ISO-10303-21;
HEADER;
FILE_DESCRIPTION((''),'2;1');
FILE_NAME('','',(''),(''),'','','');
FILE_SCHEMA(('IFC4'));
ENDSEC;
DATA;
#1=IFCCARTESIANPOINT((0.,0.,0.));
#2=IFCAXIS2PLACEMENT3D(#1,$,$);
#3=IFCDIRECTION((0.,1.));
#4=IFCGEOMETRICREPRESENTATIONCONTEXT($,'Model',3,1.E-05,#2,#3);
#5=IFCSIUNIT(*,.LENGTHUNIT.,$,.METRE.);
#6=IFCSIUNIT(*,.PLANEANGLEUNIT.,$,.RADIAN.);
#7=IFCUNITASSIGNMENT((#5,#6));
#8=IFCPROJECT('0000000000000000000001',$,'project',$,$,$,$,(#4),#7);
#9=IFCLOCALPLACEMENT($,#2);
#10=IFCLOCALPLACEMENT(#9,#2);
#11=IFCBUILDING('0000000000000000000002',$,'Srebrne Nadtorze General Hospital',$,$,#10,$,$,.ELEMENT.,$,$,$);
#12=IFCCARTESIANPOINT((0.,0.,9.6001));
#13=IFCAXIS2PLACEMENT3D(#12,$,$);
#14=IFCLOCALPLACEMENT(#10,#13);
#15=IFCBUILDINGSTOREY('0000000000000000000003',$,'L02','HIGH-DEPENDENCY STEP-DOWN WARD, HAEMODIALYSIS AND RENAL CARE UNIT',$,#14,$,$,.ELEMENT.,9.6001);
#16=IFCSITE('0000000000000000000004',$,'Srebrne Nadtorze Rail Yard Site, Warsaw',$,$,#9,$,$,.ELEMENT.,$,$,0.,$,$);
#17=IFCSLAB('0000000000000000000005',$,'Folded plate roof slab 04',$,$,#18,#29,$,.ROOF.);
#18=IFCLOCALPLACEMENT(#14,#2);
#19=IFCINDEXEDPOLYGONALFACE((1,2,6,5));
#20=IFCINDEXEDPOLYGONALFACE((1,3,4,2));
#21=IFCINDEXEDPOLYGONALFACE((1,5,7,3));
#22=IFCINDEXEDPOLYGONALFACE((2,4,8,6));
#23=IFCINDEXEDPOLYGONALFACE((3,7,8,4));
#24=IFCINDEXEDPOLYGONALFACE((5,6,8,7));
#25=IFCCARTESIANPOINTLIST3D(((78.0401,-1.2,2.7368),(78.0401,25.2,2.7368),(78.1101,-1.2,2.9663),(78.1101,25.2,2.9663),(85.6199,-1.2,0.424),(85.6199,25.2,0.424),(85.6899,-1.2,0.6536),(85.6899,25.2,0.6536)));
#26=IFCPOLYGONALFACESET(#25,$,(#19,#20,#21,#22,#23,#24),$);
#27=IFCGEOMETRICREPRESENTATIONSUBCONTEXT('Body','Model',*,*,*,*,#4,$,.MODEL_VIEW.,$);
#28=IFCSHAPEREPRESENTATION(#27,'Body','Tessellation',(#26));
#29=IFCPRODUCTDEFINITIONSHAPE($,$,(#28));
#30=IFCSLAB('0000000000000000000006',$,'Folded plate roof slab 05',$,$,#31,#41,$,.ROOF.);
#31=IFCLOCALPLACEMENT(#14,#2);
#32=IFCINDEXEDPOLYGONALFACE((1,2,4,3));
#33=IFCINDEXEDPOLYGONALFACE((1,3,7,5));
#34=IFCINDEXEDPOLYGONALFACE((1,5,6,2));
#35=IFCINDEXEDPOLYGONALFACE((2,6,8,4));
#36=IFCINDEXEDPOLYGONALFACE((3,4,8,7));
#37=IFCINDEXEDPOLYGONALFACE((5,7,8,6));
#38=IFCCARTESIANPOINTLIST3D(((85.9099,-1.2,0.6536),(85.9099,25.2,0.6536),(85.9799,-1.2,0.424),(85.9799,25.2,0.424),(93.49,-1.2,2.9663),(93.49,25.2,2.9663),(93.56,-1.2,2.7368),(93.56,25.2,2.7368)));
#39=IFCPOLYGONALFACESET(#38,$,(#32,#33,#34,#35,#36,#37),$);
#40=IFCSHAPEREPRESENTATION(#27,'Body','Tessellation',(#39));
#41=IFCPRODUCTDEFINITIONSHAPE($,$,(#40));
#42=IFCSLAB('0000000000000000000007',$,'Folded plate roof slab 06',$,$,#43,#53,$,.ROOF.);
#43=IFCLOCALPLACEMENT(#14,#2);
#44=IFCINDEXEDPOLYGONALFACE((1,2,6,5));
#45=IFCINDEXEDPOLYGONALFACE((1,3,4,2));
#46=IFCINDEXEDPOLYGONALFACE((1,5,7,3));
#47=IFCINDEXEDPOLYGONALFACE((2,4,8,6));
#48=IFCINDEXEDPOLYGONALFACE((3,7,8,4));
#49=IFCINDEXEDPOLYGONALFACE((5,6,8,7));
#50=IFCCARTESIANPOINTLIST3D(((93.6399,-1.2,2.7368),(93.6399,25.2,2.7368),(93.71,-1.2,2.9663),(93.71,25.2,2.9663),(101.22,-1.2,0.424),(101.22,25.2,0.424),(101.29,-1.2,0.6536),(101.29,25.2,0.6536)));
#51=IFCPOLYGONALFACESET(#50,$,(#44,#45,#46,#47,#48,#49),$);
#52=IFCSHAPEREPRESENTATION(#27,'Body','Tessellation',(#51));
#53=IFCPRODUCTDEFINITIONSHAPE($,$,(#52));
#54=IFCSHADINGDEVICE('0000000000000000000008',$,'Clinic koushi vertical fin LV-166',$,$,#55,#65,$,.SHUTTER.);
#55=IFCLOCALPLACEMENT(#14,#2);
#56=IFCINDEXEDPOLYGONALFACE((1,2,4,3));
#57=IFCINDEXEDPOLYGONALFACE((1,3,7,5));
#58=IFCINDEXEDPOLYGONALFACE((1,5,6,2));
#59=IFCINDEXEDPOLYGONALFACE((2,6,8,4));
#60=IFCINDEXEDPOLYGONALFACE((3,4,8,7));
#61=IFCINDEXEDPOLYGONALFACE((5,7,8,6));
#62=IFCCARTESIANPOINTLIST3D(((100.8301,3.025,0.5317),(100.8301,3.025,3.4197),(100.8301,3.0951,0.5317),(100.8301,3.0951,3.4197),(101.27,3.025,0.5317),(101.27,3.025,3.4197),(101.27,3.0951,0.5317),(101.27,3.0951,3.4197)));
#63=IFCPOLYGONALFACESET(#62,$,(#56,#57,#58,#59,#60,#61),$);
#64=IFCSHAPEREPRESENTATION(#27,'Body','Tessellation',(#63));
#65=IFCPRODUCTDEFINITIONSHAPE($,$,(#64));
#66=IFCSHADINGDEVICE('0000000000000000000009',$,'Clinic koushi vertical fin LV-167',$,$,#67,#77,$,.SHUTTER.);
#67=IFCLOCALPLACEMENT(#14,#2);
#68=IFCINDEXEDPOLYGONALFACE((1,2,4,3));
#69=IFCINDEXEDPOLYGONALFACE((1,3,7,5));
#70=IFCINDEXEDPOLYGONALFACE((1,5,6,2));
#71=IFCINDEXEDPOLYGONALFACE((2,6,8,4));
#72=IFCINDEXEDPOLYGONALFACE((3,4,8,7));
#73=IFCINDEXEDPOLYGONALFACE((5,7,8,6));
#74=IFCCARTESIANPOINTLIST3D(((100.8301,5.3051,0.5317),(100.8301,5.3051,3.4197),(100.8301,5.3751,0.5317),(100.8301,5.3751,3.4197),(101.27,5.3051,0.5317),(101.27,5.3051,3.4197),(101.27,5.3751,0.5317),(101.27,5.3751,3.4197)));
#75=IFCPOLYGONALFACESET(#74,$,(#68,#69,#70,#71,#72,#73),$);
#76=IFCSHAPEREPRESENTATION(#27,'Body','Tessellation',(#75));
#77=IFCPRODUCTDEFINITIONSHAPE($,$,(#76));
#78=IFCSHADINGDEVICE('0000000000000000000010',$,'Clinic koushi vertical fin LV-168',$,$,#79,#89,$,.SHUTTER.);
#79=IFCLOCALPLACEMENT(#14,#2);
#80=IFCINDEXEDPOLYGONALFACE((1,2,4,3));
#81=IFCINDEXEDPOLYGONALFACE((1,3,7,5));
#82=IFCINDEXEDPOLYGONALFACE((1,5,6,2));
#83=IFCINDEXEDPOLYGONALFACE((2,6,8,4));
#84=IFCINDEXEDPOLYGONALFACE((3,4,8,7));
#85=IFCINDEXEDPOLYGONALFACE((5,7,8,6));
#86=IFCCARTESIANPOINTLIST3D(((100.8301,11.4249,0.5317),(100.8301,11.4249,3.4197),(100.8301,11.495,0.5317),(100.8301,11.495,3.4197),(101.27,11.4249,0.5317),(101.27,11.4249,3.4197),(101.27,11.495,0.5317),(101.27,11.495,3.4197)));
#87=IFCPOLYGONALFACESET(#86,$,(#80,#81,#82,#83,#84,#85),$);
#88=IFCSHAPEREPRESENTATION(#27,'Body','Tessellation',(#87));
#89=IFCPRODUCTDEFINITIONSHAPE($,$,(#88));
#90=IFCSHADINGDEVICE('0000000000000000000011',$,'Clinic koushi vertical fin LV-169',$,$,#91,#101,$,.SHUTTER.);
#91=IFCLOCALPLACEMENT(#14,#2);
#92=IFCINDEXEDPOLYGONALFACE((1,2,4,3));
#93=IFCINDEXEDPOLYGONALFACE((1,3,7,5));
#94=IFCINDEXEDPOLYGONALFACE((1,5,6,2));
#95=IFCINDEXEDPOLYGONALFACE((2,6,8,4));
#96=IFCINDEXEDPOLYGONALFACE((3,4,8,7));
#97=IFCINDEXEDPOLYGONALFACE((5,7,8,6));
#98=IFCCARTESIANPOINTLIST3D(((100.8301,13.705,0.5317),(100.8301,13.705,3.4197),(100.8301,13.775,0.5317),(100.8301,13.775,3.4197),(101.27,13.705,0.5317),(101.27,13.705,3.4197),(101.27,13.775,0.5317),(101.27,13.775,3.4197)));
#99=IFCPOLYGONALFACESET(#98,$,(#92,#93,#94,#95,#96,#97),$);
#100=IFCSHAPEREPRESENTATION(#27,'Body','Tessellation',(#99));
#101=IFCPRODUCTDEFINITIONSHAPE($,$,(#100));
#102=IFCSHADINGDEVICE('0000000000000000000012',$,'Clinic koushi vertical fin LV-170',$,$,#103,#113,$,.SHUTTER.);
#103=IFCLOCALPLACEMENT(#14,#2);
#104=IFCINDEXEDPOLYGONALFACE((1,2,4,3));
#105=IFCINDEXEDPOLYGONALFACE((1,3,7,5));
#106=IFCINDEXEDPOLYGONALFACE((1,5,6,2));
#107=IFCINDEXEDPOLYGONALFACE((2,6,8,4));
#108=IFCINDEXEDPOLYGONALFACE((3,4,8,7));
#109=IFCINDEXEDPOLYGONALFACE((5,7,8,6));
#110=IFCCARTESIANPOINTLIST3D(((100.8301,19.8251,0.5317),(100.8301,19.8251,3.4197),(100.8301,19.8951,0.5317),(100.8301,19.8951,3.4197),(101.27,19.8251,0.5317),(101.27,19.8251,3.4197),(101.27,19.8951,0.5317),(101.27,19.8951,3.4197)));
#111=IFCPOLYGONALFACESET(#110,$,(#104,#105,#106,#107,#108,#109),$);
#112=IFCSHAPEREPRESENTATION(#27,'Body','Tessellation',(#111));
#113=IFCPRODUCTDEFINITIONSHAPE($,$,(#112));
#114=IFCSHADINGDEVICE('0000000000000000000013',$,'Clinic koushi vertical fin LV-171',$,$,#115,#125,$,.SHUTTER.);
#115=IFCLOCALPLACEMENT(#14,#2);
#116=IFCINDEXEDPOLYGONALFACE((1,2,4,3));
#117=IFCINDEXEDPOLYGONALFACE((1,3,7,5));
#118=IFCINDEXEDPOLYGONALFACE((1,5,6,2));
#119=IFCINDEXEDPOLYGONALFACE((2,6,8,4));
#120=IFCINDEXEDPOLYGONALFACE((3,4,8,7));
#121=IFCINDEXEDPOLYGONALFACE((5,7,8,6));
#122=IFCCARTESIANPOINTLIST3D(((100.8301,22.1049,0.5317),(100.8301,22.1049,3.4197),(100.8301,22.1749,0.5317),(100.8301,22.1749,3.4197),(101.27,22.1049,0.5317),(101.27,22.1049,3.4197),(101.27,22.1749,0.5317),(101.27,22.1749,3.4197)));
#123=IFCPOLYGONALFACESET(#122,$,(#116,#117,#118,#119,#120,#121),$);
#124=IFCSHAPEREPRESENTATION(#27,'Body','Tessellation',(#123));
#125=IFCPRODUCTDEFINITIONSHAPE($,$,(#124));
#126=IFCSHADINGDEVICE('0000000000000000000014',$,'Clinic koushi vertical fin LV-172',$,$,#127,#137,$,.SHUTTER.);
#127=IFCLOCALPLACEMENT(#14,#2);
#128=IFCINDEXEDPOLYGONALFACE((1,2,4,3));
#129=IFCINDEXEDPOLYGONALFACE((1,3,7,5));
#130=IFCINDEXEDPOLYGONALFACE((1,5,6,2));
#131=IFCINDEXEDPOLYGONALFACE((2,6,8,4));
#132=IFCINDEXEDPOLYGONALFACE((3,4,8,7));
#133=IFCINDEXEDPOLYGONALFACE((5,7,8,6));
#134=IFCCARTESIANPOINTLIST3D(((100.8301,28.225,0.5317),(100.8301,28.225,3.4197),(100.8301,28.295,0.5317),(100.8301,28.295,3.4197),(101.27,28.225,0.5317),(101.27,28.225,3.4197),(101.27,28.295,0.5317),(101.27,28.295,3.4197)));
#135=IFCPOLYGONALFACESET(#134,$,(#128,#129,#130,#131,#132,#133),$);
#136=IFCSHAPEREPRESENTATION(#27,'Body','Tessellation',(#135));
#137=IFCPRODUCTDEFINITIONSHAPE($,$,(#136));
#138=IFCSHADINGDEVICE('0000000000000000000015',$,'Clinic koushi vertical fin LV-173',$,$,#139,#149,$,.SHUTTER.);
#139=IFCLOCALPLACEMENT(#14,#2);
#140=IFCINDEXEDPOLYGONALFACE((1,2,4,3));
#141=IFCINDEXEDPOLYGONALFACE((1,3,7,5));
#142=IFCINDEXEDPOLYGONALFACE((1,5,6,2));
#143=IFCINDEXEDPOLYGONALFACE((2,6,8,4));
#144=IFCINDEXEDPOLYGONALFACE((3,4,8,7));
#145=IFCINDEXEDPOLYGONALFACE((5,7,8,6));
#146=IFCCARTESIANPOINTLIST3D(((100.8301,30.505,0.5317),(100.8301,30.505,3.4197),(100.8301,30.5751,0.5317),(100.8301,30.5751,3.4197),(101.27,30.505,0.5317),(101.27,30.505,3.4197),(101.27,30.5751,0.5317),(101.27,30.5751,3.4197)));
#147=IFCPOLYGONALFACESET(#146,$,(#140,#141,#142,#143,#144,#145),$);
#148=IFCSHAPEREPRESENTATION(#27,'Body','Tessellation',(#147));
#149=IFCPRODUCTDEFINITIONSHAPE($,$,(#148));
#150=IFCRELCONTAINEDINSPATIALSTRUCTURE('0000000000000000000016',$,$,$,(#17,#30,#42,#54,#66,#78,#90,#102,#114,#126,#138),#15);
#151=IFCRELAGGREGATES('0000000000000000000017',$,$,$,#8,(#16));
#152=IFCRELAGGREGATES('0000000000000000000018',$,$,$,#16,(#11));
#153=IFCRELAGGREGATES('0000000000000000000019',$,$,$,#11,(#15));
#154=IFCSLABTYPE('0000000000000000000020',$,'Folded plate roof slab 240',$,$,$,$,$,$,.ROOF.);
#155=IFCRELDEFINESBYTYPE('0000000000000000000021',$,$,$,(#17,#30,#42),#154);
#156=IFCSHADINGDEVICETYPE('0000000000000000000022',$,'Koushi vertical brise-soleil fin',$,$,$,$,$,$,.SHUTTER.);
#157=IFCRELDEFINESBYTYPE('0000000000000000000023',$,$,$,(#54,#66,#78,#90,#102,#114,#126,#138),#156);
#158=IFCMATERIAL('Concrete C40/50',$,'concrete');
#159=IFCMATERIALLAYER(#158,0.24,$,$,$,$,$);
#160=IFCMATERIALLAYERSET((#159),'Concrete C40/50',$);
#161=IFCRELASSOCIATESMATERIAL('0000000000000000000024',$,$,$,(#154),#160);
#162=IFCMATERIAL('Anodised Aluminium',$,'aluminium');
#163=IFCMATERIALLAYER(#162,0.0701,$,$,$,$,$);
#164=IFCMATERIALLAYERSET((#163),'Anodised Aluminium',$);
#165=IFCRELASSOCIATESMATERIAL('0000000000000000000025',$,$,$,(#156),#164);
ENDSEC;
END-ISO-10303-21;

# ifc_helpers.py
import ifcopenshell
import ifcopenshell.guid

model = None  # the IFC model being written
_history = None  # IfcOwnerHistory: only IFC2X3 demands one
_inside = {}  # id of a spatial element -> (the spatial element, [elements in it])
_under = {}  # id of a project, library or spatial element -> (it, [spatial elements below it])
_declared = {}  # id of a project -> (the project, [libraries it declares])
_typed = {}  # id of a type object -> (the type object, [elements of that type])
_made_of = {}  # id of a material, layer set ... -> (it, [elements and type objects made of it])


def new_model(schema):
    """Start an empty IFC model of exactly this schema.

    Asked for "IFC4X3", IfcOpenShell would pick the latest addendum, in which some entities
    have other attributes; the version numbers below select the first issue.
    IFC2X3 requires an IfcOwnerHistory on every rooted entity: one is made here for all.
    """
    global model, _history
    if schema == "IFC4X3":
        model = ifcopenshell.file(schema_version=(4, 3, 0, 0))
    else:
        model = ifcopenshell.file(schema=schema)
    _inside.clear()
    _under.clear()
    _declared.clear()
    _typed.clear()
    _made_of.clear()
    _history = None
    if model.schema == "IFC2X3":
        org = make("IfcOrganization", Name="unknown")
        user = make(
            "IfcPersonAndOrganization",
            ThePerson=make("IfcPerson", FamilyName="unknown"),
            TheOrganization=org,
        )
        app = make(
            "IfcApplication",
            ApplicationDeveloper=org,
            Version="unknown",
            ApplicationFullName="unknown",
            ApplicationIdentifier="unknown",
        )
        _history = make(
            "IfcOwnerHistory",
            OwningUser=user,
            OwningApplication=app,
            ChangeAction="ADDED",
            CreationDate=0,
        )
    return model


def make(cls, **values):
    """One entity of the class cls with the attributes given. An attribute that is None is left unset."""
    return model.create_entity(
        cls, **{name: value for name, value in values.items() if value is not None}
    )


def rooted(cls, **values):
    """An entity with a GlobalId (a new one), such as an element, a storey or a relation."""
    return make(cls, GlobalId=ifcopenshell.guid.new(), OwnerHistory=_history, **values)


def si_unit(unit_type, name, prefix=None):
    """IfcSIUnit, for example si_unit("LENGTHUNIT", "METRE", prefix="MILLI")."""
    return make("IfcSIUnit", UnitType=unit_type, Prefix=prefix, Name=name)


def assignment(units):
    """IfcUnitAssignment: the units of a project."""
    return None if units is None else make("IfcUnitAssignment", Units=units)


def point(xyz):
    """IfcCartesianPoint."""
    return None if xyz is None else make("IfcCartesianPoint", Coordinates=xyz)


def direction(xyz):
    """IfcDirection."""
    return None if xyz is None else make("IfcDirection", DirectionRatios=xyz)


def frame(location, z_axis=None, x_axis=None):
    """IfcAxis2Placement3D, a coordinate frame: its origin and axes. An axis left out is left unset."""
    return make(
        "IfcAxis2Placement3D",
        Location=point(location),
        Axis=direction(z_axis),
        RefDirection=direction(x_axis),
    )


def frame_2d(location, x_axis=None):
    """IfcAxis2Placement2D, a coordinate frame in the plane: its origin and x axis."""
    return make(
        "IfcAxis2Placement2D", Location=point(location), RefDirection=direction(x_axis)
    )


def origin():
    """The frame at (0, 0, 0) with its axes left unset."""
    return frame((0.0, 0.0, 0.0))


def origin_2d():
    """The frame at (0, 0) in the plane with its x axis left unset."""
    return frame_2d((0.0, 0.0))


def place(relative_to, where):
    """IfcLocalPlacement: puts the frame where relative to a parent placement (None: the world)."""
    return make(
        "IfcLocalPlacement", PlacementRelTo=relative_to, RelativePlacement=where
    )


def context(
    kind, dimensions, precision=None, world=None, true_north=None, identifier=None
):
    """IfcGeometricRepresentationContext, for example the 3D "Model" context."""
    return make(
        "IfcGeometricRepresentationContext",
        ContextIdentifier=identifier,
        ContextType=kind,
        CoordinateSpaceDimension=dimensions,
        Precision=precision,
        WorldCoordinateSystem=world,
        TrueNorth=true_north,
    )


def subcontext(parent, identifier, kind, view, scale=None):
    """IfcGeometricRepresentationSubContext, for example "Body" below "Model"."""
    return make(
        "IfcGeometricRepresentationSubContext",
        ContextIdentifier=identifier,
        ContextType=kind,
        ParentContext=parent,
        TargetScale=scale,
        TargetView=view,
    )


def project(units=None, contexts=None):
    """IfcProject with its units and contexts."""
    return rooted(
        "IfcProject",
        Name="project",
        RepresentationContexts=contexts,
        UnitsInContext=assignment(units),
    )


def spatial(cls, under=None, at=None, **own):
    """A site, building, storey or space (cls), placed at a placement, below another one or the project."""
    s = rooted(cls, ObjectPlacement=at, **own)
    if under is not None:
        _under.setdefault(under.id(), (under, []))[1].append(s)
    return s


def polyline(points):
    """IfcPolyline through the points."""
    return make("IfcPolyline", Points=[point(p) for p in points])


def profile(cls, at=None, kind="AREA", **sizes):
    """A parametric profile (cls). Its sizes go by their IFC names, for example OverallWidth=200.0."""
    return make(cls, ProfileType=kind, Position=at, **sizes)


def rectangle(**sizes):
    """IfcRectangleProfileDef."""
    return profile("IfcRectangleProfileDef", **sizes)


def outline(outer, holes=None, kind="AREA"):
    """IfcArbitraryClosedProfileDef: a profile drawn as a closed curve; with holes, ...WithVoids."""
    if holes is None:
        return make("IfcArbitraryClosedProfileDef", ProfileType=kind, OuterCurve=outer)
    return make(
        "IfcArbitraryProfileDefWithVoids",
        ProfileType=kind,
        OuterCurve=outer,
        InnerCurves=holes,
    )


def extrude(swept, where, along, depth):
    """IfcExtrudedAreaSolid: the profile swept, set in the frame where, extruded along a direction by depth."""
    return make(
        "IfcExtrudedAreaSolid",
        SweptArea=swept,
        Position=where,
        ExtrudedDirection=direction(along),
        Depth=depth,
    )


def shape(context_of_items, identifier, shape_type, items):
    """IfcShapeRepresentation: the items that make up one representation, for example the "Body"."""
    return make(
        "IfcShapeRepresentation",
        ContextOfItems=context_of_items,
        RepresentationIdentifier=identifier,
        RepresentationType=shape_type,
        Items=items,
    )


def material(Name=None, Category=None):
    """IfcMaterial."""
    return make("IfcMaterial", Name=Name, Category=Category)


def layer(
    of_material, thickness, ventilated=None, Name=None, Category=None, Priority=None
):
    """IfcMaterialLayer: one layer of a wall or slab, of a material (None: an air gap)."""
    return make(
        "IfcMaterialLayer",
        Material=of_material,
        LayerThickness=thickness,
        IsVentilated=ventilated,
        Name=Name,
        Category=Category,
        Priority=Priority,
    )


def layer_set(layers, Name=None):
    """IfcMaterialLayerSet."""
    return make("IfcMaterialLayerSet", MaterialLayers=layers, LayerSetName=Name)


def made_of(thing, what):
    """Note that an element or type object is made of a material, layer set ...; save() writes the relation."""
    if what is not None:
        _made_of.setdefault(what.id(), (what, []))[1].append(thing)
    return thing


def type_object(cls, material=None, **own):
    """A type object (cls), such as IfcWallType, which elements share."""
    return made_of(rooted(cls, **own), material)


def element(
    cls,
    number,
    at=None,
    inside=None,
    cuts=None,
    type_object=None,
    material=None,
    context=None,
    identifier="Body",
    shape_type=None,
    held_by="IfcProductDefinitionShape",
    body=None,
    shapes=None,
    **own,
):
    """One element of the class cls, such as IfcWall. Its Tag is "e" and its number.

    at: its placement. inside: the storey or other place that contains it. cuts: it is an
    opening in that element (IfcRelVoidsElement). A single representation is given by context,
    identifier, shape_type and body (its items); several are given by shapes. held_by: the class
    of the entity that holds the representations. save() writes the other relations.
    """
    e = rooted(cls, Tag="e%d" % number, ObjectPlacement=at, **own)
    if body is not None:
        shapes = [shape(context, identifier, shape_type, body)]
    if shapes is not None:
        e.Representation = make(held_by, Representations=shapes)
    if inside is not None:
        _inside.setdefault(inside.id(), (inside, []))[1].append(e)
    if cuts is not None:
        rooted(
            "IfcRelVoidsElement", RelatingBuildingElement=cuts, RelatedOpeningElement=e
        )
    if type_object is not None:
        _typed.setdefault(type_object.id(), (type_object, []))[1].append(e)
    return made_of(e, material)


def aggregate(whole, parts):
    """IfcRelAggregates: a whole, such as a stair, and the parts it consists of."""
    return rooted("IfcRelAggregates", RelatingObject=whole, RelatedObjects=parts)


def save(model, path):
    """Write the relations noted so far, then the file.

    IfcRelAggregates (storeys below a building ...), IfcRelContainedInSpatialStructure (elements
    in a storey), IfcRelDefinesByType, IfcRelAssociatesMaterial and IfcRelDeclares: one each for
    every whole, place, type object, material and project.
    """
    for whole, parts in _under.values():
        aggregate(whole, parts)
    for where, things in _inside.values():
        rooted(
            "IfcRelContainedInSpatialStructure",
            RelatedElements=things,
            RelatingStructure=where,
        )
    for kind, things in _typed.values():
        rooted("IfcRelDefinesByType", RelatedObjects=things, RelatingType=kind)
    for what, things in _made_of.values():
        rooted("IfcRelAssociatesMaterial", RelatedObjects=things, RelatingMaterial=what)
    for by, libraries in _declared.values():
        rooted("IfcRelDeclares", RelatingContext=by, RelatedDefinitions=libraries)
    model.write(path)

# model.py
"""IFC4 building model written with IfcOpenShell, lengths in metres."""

from ifc_helpers import new_model, si_unit, direction, frame, origin, origin_2d, place, context, subcontext, project, spatial, polyline, rectangle, outline, extrude, material, layer, layer_set, type_object, element, save


model = new_model("IFC4")

# Units and contexts
model_context = context("Model", 3, precision=1e-05, world=origin(), true_north=direction((0.0, 1.0)))
body_context = subcontext(model_context, "Body", "Model", "MODEL_VIEW")
ifc_project = project(units=[si_unit("LENGTHUNIT", "METRE"), si_unit("PLANEANGLEUNIT", "RADIAN")], contexts=[model_context])

# Site, building, storey
site_placement = place(None, origin())
site = spatial("IfcSite", under=ifc_project, at=site_placement, Name="Srebrne Nadtorze Rail Yard Site, Warsaw", CompositionType="ELEMENT", RefElevation=0.0)
building_placement = place(site_placement, origin())
building = spatial("IfcBuilding", under=site, at=building_placement, Name="Srebrne Nadtorze General Hospital", CompositionType="ELEMENT")
storey_placement = place(building_placement, frame((0.0, 0.0, 9.6001)))
storey = spatial("IfcBuildingStorey", under=building, at=storey_placement, Name="L02", Description="HIGH-DEPENDENCY STEP-DOWN WARD, HAEMODIALYSIS AND RENAL CARE UNIT", CompositionType="ELEMENT", Elevation=9.6001)

# Slabs
ifc_material_1 = material(Name="Concrete C40/50", Category="concrete")
ifc_layer_1 = layer(ifc_material_1, 0.24)
ifc_layer_set_1 = layer_set([ifc_layer_1], Name="Concrete C40/50")
slab_type = type_object("IfcSlabType", Name="Folded plate roof slab 240", PredefinedType="ROOF", material=ifc_layer_set_1)
slab_placement = place(storey_placement, frame((78.1101, -1.2, 2.9663), z_axis=(0.291836, 0.0, 0.956468), x_axis=(0.956468, 0.0, -0.291836)))
element("IfcSlab", 1, at=slab_placement, inside=storey, type_object=slab_type, Name="Folded plate roof slab 04", PredefinedType="ROOF", context=body_context, shape_type="SweptSolid", body=[
    extrude(outline(polyline([(0.0, 0.0), (7.9248, 0.0), (7.9248, 26.3999), (0.0, 26.3999), (0.0, 0.0)])), origin(), (0.0, 0.0, -1.0), 0.24),
])
for number, where, z_axis, x_axis, name in (
    (2, (85.9099, -1.2, 0.6536), (-0.291827, 0.0, 0.956471), (0.956471, 0.0, 0.291827), "Folded plate roof slab 05"),
    (3, (93.71, -1.2, 2.9663), (0.291827, 0.0, 0.956471), (0.956471, 0.0, -0.291827), "Folded plate roof slab 06"),
):
    element("IfcSlab", number, at=place(storey_placement, frame(where, z_axis=z_axis, x_axis=x_axis)), inside=storey, type_object=slab_type, Name=name, PredefinedType="ROOF", context=body_context, shape_type="SweptSolid", body=[
        extrude(outline(polyline([(0.0, 0.0), (7.925, 0.0), (7.925, 26.3999), (0.0, 26.3999), (0.0, 0.0)])), origin(), (0.0, 0.0, -1.0), 0.24),
    ])

# Shading devices
ifc_material_2 = material(Name="Anodised Aluminium", Category="aluminium")
ifc_layer_2 = layer(ifc_material_2, 0.0701)
ifc_layer_set_2 = layer_set([ifc_layer_2], Name="Anodised Aluminium")
shading_device_type = type_object("IfcShadingDeviceType", Name="Koushi vertical brise-soleil fin", PredefinedType="SHUTTER", material=ifc_layer_set_2)
for number, where, z_axis, x_axis, name in (
    (4, (101.05, 3.0601, 0.5317), (0.0, 0.0, 1.0), (1.0, 0.0, 0.0), "Clinic koushi vertical fin LV-166"),
    (5, (101.05, 5.3401, 0.5317), (0.0, 0.0, 1.0), (1.0, 0.0, 0.0), "Clinic koushi vertical fin LV-167"),
    (6, (101.05, 11.46, 0.5317), (0.0, 0.0, 1.0), (1.0, 0.0, 0.0), "Clinic koushi vertical fin LV-168"),
    (7, (101.05, 13.74, 0.5317), (0.0, 0.0, 1.0), (1.0, 0.0, 0.0), "Clinic koushi vertical fin LV-169"),
    (8, (101.05, 19.8601, 0.5317), (0.0, 0.0, 1.0), (1.0, 0.0, 0.0), "Clinic koushi vertical fin LV-170"),
    (9, (101.05, 22.1399, 0.5317), (0.0, 0.0, 1.0), (1.0, 0.0, 0.0), "Clinic koushi vertical fin LV-171"),
    (10, (101.05, 28.26, 0.5317), (0.0, 0.0, 1.0), (1.0, 0.0, 0.0), "Clinic koushi vertical fin LV-172"),
    (11, (101.05, 30.54, 0.5317), (0.0, 0.0, 1.0), (1.0, 0.0, 0.0), "Clinic koushi vertical fin LV-173"),
):
    element("IfcShadingDevice", number, at=place(storey_placement, frame(where, z_axis=z_axis, x_axis=x_axis)), inside=storey, type_object=shading_device_type, Name=name, PredefinedType="SHUTTER", context=body_context, shape_type="SweptSolid", body=[
        extrude(rectangle(XDim=0.4399, YDim=0.0701, at=origin_2d()), origin(), (0.0, 0.0, 1.0), 2.8879),
    ])

save(model, "model.ifc")
